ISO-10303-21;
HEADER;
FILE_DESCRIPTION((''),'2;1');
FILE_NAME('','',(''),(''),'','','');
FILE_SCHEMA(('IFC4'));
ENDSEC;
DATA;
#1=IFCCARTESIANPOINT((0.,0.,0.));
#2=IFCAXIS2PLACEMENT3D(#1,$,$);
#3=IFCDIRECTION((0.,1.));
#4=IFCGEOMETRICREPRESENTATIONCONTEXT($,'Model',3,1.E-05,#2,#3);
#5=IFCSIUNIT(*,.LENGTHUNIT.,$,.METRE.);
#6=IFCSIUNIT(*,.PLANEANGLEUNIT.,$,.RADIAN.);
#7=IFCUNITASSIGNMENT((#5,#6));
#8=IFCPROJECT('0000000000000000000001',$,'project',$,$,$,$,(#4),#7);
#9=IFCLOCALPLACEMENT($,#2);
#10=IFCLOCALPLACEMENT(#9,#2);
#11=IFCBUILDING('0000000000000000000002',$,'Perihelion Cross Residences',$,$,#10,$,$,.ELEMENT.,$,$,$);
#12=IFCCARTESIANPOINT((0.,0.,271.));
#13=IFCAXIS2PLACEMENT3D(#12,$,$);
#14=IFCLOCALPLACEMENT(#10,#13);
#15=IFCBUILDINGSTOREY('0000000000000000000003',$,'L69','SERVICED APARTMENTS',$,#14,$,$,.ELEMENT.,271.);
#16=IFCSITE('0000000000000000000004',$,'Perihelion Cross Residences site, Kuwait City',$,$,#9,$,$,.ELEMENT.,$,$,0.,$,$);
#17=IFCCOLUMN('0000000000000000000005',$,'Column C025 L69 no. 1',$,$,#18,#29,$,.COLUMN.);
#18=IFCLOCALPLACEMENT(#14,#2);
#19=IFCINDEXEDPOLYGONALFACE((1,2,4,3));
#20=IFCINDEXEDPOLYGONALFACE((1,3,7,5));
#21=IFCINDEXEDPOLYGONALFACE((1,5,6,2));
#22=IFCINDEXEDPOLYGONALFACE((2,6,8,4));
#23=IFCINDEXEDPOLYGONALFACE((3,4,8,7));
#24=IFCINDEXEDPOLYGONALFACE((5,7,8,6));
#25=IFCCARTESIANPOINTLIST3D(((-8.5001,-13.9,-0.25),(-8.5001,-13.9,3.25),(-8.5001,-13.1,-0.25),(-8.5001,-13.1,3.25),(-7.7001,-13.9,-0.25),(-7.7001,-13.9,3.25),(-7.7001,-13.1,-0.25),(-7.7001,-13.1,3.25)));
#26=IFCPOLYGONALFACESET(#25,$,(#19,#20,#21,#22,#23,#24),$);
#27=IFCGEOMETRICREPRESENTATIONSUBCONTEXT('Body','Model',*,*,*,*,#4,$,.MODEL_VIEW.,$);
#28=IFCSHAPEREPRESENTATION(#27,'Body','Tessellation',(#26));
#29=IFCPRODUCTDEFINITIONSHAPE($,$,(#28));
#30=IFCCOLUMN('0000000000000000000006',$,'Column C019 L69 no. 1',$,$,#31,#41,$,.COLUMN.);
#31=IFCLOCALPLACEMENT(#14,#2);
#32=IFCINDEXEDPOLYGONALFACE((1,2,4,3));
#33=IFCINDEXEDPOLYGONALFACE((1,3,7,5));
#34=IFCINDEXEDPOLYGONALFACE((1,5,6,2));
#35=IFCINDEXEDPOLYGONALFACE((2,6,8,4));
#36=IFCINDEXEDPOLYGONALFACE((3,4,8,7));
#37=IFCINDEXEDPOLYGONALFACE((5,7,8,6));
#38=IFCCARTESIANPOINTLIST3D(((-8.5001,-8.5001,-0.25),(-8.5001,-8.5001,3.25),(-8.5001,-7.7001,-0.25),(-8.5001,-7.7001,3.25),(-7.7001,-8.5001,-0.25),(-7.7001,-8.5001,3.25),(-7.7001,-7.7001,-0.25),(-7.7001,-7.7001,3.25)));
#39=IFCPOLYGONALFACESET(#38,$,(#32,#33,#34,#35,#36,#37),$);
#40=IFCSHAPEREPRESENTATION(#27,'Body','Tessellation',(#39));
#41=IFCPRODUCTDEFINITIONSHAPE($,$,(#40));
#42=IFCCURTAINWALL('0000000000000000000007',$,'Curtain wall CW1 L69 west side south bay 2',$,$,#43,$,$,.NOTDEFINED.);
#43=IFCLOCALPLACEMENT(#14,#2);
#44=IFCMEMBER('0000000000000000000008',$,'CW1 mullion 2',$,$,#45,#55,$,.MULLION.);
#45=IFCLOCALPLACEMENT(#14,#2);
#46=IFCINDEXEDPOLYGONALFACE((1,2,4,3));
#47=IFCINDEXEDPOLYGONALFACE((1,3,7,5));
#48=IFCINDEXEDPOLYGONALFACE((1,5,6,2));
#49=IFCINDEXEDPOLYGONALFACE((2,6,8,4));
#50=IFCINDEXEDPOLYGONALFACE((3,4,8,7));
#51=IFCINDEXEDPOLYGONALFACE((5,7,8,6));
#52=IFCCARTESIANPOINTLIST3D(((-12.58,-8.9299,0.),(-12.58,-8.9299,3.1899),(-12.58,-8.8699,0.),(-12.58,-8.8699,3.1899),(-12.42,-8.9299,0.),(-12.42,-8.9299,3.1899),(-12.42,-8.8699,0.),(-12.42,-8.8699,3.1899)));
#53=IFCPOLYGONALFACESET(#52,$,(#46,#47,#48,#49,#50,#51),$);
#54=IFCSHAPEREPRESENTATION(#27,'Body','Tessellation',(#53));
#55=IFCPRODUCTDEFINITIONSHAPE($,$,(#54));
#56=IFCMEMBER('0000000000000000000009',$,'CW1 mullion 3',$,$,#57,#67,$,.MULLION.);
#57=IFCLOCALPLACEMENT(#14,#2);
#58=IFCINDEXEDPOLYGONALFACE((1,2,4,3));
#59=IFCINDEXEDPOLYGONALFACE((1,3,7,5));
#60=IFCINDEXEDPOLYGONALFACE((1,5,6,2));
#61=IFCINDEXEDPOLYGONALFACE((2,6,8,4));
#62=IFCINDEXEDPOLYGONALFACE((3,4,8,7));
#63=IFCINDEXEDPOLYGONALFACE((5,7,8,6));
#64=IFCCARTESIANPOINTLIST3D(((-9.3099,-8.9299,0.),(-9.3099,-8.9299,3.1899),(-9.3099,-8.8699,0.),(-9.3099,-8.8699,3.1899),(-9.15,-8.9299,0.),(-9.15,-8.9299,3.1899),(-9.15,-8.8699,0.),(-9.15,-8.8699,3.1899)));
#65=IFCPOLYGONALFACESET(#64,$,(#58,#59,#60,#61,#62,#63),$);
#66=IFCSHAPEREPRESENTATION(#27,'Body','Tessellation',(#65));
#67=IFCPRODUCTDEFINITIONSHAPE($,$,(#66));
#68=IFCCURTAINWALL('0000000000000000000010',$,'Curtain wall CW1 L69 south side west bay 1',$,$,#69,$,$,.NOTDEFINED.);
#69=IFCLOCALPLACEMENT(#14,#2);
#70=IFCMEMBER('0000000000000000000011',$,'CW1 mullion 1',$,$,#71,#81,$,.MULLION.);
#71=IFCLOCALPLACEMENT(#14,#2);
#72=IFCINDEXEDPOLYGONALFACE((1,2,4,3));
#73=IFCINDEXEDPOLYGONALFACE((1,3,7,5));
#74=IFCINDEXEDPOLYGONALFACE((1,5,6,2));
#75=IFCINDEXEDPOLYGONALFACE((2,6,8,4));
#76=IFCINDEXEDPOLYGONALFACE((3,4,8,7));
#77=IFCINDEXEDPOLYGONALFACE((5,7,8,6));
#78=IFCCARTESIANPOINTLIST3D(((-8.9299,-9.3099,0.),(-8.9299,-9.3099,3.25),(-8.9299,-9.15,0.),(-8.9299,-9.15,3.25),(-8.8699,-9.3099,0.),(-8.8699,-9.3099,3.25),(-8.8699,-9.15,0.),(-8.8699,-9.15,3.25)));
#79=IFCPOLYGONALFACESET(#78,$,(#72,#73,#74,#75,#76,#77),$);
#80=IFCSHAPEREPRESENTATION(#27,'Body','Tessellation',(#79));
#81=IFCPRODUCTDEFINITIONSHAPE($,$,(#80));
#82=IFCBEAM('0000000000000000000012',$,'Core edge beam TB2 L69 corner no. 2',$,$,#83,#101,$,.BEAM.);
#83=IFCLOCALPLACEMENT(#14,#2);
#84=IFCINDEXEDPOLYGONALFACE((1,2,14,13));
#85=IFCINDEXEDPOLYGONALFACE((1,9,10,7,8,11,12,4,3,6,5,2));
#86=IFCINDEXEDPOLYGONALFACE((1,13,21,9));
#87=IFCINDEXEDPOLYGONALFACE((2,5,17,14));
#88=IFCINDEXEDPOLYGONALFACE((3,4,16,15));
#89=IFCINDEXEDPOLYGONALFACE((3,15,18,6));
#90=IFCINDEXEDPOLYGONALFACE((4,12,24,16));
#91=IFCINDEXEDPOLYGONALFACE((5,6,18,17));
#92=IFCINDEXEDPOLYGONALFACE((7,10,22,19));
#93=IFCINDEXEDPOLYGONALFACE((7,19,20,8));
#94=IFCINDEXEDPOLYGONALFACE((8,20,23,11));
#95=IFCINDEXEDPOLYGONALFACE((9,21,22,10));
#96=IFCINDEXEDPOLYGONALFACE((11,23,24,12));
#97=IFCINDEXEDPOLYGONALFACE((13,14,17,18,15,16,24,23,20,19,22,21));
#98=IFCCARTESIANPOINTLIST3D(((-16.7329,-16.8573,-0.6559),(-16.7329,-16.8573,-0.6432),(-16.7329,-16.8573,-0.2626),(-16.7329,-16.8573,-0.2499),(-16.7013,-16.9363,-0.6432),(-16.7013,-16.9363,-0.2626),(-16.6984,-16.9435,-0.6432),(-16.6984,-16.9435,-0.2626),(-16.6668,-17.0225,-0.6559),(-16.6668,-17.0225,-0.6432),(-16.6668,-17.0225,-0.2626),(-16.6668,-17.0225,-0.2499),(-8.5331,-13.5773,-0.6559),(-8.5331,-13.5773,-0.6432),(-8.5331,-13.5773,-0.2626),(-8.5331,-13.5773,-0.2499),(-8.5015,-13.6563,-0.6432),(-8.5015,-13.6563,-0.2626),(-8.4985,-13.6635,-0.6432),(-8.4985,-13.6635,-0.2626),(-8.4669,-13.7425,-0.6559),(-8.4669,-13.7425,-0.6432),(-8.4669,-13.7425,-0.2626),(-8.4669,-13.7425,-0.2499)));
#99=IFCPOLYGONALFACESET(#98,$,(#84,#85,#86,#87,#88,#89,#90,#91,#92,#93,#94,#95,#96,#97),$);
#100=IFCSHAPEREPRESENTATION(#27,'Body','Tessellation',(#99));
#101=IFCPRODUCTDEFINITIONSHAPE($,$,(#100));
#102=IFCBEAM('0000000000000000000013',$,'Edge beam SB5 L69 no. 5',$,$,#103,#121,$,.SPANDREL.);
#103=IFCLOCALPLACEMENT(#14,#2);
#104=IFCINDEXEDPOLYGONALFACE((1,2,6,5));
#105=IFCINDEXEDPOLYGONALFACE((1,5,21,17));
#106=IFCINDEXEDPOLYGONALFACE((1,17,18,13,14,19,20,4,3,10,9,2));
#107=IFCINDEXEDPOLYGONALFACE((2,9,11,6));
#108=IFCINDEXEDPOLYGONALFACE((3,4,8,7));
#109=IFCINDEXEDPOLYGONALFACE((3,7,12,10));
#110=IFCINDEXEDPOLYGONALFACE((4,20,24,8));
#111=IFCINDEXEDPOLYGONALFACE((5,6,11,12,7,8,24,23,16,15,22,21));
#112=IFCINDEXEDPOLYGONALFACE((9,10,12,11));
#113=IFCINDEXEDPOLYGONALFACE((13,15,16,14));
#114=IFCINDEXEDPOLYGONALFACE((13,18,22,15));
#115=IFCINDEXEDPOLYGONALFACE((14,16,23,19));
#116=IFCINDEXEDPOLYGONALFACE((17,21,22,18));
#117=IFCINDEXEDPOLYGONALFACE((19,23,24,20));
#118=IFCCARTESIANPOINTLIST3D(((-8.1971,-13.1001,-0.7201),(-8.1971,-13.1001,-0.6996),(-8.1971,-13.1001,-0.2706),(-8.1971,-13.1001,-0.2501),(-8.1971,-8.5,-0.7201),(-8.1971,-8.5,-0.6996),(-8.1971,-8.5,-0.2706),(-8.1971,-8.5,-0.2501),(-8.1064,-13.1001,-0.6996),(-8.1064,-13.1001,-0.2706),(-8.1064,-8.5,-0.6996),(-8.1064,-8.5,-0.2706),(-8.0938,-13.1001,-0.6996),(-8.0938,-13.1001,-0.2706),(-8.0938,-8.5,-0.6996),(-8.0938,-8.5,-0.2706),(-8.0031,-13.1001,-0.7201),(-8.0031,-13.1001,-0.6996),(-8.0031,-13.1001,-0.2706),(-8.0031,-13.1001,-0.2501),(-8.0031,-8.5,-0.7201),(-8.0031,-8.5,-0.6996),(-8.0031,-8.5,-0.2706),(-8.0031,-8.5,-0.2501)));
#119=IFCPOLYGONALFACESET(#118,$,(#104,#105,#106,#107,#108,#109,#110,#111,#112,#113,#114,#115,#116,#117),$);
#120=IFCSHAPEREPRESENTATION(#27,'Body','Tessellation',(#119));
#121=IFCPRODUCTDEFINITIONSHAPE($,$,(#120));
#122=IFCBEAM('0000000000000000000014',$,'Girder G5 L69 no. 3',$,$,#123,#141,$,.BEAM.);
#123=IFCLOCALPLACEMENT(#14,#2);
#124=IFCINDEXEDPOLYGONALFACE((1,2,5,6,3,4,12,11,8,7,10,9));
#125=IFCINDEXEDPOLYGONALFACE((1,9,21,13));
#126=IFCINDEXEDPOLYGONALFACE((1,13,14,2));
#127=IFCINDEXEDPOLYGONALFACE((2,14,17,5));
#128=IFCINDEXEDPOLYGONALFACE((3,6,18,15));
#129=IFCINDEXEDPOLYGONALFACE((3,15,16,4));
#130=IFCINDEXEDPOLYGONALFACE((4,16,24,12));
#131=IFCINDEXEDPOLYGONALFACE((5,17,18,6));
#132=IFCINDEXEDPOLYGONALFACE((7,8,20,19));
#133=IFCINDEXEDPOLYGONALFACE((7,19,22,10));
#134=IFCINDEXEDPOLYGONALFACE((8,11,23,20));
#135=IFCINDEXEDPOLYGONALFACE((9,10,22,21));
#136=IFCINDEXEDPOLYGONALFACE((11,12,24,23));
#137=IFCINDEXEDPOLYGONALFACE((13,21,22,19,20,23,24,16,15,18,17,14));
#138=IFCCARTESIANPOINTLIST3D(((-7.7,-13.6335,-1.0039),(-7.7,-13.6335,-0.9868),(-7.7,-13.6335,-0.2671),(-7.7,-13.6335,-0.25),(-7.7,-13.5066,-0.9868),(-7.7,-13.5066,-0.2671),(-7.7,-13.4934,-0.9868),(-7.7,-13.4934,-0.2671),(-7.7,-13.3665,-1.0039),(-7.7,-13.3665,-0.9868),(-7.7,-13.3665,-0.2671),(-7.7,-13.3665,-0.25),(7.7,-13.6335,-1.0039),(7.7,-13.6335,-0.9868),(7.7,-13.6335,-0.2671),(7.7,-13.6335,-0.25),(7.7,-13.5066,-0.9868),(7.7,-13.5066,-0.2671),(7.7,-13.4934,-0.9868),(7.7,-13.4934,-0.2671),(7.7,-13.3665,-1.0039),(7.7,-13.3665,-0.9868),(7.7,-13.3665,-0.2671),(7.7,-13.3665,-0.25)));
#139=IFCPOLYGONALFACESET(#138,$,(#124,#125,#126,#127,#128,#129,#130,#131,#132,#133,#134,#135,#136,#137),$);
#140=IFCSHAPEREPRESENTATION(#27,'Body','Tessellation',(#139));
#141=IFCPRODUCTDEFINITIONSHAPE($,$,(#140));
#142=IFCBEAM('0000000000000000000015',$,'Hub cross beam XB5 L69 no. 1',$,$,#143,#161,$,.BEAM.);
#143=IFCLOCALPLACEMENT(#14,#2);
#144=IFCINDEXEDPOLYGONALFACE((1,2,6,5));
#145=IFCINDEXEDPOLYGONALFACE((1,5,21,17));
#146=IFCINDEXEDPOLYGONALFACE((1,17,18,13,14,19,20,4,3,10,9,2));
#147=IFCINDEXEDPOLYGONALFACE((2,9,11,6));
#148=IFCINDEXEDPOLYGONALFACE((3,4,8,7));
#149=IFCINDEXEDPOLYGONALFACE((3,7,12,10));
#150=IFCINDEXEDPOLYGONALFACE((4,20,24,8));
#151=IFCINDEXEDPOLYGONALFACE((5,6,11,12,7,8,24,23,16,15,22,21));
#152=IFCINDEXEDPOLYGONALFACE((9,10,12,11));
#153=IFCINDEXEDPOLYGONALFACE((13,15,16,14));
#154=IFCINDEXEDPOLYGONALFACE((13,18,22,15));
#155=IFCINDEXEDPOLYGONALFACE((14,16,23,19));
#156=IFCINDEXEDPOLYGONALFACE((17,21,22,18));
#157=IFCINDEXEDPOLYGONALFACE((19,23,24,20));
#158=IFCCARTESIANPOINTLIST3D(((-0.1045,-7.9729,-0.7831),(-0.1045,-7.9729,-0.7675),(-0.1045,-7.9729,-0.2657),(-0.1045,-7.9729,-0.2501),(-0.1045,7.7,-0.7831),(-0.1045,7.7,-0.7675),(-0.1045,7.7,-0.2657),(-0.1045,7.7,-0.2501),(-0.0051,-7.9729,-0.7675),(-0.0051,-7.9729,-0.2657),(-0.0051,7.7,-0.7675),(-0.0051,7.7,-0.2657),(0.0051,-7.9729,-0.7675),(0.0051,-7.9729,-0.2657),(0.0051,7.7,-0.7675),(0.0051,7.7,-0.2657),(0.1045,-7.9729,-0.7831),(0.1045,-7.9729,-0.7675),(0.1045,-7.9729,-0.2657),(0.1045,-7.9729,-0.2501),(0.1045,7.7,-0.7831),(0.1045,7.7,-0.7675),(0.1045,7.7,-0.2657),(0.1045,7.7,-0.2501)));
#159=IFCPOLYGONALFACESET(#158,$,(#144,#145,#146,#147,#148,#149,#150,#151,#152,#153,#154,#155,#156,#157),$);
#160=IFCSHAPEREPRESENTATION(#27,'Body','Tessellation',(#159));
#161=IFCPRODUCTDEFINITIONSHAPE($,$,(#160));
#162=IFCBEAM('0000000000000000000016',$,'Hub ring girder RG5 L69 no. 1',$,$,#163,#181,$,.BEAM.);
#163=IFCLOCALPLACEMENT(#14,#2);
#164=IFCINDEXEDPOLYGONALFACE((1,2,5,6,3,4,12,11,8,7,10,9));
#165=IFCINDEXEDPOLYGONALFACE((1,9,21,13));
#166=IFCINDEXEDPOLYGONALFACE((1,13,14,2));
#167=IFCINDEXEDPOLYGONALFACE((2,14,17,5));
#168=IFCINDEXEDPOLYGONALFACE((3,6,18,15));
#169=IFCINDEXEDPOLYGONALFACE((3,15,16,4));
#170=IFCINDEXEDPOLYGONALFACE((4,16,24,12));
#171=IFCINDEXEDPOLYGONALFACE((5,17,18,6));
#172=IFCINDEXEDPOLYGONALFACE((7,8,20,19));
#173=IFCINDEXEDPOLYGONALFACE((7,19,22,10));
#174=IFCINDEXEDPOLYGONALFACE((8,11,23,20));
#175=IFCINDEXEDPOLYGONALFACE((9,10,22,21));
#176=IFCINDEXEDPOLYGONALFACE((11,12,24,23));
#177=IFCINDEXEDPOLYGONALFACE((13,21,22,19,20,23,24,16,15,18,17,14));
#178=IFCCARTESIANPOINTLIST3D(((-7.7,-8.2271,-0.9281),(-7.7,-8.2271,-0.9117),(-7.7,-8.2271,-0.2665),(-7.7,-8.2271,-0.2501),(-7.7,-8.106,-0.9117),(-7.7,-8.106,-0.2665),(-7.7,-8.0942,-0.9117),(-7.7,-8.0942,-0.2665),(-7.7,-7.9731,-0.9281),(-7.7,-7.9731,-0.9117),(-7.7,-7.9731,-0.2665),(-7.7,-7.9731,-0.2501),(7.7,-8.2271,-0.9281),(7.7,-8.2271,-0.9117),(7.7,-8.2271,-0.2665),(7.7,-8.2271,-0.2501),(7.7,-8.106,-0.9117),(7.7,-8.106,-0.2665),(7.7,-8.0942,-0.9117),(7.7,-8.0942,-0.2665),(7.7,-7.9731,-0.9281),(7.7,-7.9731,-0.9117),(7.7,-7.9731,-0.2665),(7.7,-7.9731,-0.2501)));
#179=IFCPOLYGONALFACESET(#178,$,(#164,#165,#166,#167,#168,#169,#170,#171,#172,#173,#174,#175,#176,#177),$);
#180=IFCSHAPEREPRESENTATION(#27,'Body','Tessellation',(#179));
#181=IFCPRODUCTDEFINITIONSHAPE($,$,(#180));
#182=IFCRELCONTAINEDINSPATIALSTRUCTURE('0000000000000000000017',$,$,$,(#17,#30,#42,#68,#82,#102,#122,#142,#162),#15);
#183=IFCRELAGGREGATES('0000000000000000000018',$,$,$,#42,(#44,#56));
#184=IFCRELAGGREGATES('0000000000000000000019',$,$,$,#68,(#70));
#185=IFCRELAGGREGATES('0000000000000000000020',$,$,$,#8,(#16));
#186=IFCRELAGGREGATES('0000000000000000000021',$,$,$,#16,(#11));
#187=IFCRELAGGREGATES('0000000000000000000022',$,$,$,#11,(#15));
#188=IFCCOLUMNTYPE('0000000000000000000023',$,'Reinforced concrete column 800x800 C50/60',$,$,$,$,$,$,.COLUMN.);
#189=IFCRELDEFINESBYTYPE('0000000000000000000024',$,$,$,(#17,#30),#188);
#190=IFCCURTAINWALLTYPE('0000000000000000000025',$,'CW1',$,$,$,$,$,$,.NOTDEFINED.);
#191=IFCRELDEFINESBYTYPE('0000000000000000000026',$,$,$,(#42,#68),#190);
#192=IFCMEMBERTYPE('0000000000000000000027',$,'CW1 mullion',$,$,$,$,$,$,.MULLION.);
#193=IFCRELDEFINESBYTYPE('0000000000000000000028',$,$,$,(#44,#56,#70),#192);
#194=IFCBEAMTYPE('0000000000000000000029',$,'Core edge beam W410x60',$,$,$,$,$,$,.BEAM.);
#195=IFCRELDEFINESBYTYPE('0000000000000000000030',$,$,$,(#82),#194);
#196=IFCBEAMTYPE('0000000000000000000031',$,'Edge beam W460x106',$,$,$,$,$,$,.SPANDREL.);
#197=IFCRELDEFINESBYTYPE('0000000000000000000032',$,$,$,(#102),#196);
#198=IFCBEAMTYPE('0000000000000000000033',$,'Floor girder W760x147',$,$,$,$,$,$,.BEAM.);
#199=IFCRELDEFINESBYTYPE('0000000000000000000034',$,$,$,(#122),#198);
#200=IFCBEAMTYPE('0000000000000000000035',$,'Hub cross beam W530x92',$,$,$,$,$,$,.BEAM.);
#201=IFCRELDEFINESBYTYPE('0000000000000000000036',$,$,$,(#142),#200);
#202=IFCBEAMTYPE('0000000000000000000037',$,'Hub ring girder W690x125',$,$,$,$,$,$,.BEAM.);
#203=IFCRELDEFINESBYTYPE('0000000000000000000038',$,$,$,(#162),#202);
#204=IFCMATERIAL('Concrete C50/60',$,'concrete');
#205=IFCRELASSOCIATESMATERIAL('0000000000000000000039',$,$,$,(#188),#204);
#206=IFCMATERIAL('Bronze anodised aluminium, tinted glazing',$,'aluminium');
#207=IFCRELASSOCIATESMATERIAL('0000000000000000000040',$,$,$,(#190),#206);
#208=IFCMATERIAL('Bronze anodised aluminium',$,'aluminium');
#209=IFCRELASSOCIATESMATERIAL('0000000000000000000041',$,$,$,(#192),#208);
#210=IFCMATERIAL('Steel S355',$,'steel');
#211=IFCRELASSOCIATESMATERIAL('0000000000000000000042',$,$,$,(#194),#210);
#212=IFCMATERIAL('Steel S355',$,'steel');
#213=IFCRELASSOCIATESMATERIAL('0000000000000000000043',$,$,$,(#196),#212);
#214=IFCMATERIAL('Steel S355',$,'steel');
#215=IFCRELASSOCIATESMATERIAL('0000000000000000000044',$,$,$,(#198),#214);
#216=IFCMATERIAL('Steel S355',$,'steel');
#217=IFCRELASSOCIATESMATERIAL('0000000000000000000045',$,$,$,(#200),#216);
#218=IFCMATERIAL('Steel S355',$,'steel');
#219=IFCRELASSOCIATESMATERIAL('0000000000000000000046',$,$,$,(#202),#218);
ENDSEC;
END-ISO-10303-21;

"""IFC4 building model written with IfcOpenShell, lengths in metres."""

from ifc_helpers import new_model, si_unit, direction, frame, origin, origin_2d, place, context, subcontext, project, spatial, rectangle, i_section, extrude, material, material_profile, profile_set, type_object, element, aggregate, save


model = new_model("IFC4")

# Units and contexts
model_context = context("Model", 3, precision=1e-05, world=origin(), true_north=direction((0.0, 1.0)))
body_context = subcontext(model_context, "Body", "Model", "MODEL_VIEW")
ifc_project = project(units=[si_unit("LENGTHUNIT", "METRE"), si_unit("PLANEANGLEUNIT", "RADIAN")], contexts=[model_context])

# Site, building, storey
site_placement = place(None, origin())
site = spatial("IfcSite", under=ifc_project, at=site_placement, Name="Perihelion Cross Residences site, Kuwait City", CompositionType="ELEMENT", RefElevation=0.0)
building_placement = place(site_placement, origin())
building = spatial("IfcBuilding", under=site, at=building_placement, Name="Perihelion Cross Residences", CompositionType="ELEMENT")
storey_placement = place(building_placement, frame((0.0, 0.0, 271.0)))
storey = spatial("IfcBuildingStorey", under=building, at=storey_placement, Name="L69", Description="SERVICED APARTMENTS", CompositionType="ELEMENT", Elevation=271.0)

# Columns
ifc_material_1 = material(Name="Concrete C50/60", Category="concrete")
ifc_material_profile_1 = material_profile(ifc_material_1, rectangle(XDim=0.8, YDim=0.8, at=origin_2d()), Name="RC 800x800")
ifc_profile_set_1 = profile_set([ifc_material_profile_1], Name="Concrete C50/60")
column_type = type_object("IfcColumnType", Name="Reinforced concrete column 800x800 C50/60", PredefinedType="COLUMN", material=ifc_profile_set_1)
for number, where, z_axis, x_axis, name in (
    (1, (-8.1001, -13.5, -0.25), (0.0, 0.0, 1.0), (1.0, 0.0, 0.0), "Column C025 L69 no. 1"),
    (2, (-8.1001, -8.1001, -0.25), (0.0, 0.0, 1.0), (1.0, 0.0, 0.0), "Column C019 L69 no. 1"),
):
    element("IfcColumn", number, at=place(storey_placement, frame(where, z_axis=z_axis, x_axis=x_axis)), inside=storey, type_object=column_type, Name=name, PredefinedType="COLUMN", context=body_context, shape_type="SweptSolid", body=[
        extrude(rectangle(XDim=0.8, YDim=0.8, at=origin_2d()), origin(), (0.0, 0.0, 1.0), 3.5),
    ])

# Curtain wall, members
ifc_material_2 = material(Name="Bronze anodised aluminium, tinted glazing", Category="aluminium")
curtain_wall_type = type_object("IfcCurtainWallType", Name="CW1", PredefinedType="NOTDEFINED", material=ifc_material_2)
curtain_wall_1_placement = place(storey_placement, origin())
curtain_wall_1 = element("IfcCurtainWall", 3, at=curtain_wall_1_placement, inside=storey, type_object=curtain_wall_type, Name="Curtain wall CW1 L69 west side south bay 2", PredefinedType="NOTDEFINED")
ifc_material_3 = material(Name="Bronze anodised aluminium", Category="aluminium")
ifc_material_profile_2 = material_profile(ifc_material_3, rectangle(XDim=0.0601, YDim=0.1599, at=origin_2d()), Name="CW1 mullion")
ifc_profile_set_2 = profile_set([ifc_material_profile_2], Name="Bronze anodised aluminium")
member_type = type_object("IfcMemberType", Name="CW1 mullion", PredefinedType="MULLION", material=ifc_profile_set_2)
member_1_placement = place(storey_placement, frame((-12.5, -8.8999, 0.0), z_axis=(0.0, 0.0, 1.0), x_axis=(0.0, 1.0, 0.0)))
member_1 = element("IfcMember", 4, at=member_1_placement, type_object=member_type, Name="CW1 mullion 2", PredefinedType="MULLION", context=body_context, shape_type="SweptSolid", body=[
    extrude(rectangle(XDim=0.0601, YDim=0.1599, at=origin_2d()), origin(), (0.0, 0.0, 1.0), 3.1899),
])
member_2_placement = place(storey_placement, frame((-9.23, -8.8999, 0.0), z_axis=(0.0, 0.0, 1.0), x_axis=(0.0, 1.0, 0.0)))
member_2 = element("IfcMember", 5, at=member_2_placement, type_object=member_type, Name="CW1 mullion 3", PredefinedType="MULLION", context=body_context, shape_type="SweptSolid", body=[
    extrude(rectangle(XDim=0.0601, YDim=0.1599, at=origin_2d()), origin(), (0.0, 0.0, 1.0), 3.1899),
])

# Curtain wall, member
curtain_wall_2_placement = place(storey_placement, origin())
curtain_wall_2 = element("IfcCurtainWall", 6, at=curtain_wall_2_placement, inside=storey, type_object=curtain_wall_type, Name="Curtain wall CW1 L69 south side west bay 1", PredefinedType="NOTDEFINED")
member_3_placement = place(storey_placement, frame((-8.8999, -9.23, 0.0), z_axis=(0.0, 0.0, 1.0), x_axis=(1.0, 0.0, 0.0)))
member_3 = element("IfcMember", 7, at=member_3_placement, type_object=member_type, Name="CW1 mullion 1", PredefinedType="MULLION", context=body_context, shape_type="SweptSolid", body=[
    extrude(rectangle(XDim=0.0601, YDim=0.1599, at=origin_2d()), origin(), (0.0, 0.0, 1.0), 3.25),
])

# Beams
ifc_material_4 = material(Name="Steel S355", Category="steel")
ifc_material_profile_3 = material_profile(ifc_material_4, i_section(OverallWidth=0.178, OverallDepth=0.406, WebThickness=0.0078, FlangeThickness=0.0127, at=origin_2d()), Name="W410x60")
ifc_profile_set_3 = profile_set([ifc_material_profile_3], Name="Steel S355")
beam_type_1 = type_object("IfcBeamType", Name="Core edge beam W410x60", PredefinedType="BEAM", material=ifc_profile_set_3)
beam_1_placement = place(storey_placement, frame((-8.5, -13.6599, -0.4529), z_axis=(-0.928475, -0.371395, 0.0), x_axis=(0.371395, -0.928475, 0.0)))
element("IfcBeam", 8, at=beam_1_placement, inside=storey, type_object=beam_type_1, Name="Core edge beam TB2 L69 corner no. 2", PredefinedType="BEAM", context=body_context, shape_type="SweptSolid", body=[
    extrude(i_section(OverallWidth=0.178, OverallDepth=0.406, WebThickness=0.0078, FlangeThickness=0.0127, at=origin_2d()), origin(), (0.0, 0.0, 1.0), 8.8315),
])
ifc_material_5 = material(Name="Steel S355", Category="steel")
ifc_material_profile_4 = material_profile(ifc_material_5, i_section(OverallWidth=0.1941, OverallDepth=0.47, WebThickness=0.0127, FlangeThickness=0.0205, at=origin_2d()), Name="W460x106")
ifc_profile_set_4 = profile_set([ifc_material_profile_4], Name="Steel S355")
beam_type_2 = type_object("IfcBeamType", Name="Edge beam W460x106", PredefinedType="SPANDREL", material=ifc_profile_set_4)
beam_2_placement = place(storey_placement, frame((-8.1001, -8.5, -0.4851), z_axis=(0.0, -1.0, 0.0), x_axis=(1.0, 0.0, 0.0)))
element("IfcBeam", 9, at=beam_2_placement, inside=storey, type_object=beam_type_2, Name="Edge beam SB5 L69 no. 5", PredefinedType="SPANDREL", context=body_context, shape_type="SweptSolid", body=[
    extrude(i_section(OverallWidth=0.1941, OverallDepth=0.47, WebThickness=0.0127, FlangeThickness=0.0205, at=origin_2d()), origin(), (0.0, 0.0, 1.0), 4.6001),
])
ifc_material_6 = material(Name="Steel S355", Category="steel")
ifc_material_profile_5 = material_profile(ifc_material_6, i_section(OverallWidth=0.2671, OverallDepth=0.7539, WebThickness=0.0132, FlangeThickness=0.0171, at=origin_2d()), Name="W760x147")
ifc_profile_set_5 = profile_set([ifc_material_profile_5], Name="Steel S355")
beam_type_3 = type_object("IfcBeamType", Name="Floor girder W760x147", PredefinedType="BEAM", material=ifc_profile_set_5)
beam_3_placement = place(storey_placement, frame((-7.7, -13.5, -0.627), z_axis=(1.0, 0.0, 0.0), x_axis=(0.0, 1.0, 0.0)))
element("IfcBeam", 10, at=beam_3_placement, inside=storey, type_object=beam_type_3, Name="Girder G5 L69 no. 3", PredefinedType="BEAM", context=body_context, shape_type="SweptSolid", body=[
    extrude(i_section(OverallWidth=0.2671, OverallDepth=0.7539, WebThickness=0.0132, FlangeThickness=0.0171, at=origin_2d()), origin(), (0.0, 0.0, 1.0), 15.3999),
])
ifc_material_7 = material(Name="Steel S355", Category="steel")
ifc_material_profile_6 = material_profile(ifc_material_7, i_section(OverallWidth=0.209, OverallDepth=0.533, WebThickness=0.0103, FlangeThickness=0.0156, at=origin_2d()), Name="W530x92")
ifc_profile_set_6 = profile_set([ifc_material_profile_6], Name="Steel S355")
beam_type_4 = type_object("IfcBeamType", Name="Hub cross beam W530x92", PredefinedType="BEAM", material=ifc_profile_set_6)
beam_4_placement = place(storey_placement, frame((0.0, -7.9729, -0.5166), z_axis=(0.0, 1.0, 0.0), x_axis=(-1.0, 0.0, 0.0)))
element("IfcBeam", 11, at=beam_4_placement, inside=storey, type_object=beam_type_4, Name="Hub cross beam XB5 L69 no. 1", PredefinedType="BEAM", context=body_context, shape_type="SweptSolid", body=[
    extrude(i_section(OverallWidth=0.209, OverallDepth=0.533, WebThickness=0.0103, FlangeThickness=0.0156, at=origin_2d()), origin(), (0.0, 0.0, 1.0), 15.6729),
])
ifc_material_8 = material(Name="Steel S355", Category="steel")
ifc_material_profile_7 = material_profile(ifc_material_8, i_section(OverallWidth=0.2539, OverallDepth=0.678, WebThickness=0.0117, FlangeThickness=0.0164, at=origin_2d()), Name="W690x125")
ifc_profile_set_7 = profile_set([ifc_material_profile_7], Name="Steel S355")
beam_type_5 = type_object("IfcBeamType", Name="Hub ring girder W690x125", PredefinedType="BEAM", material=ifc_profile_set_7)
beam_5_placement = place(storey_placement, frame((-7.7, -8.1001, -0.5891), z_axis=(1.0, 0.0, 0.0), x_axis=(0.0, 1.0, 0.0)))
element("IfcBeam", 12, at=beam_5_placement, inside=storey, type_object=beam_type_5, Name="Hub ring girder RG5 L69 no. 1", PredefinedType="BEAM", context=body_context, shape_type="SweptSolid", body=[
    extrude(i_section(OverallWidth=0.2539, OverallDepth=0.678, WebThickness=0.0117, FlangeThickness=0.0164, at=origin_2d()), origin(), (0.0, 0.0, 1.0), 15.3999),
])

aggregate(curtain_wall_1, [member_1, member_2])
aggregate(curtain_wall_2, [member_3])

save(model, "model.ifc")
